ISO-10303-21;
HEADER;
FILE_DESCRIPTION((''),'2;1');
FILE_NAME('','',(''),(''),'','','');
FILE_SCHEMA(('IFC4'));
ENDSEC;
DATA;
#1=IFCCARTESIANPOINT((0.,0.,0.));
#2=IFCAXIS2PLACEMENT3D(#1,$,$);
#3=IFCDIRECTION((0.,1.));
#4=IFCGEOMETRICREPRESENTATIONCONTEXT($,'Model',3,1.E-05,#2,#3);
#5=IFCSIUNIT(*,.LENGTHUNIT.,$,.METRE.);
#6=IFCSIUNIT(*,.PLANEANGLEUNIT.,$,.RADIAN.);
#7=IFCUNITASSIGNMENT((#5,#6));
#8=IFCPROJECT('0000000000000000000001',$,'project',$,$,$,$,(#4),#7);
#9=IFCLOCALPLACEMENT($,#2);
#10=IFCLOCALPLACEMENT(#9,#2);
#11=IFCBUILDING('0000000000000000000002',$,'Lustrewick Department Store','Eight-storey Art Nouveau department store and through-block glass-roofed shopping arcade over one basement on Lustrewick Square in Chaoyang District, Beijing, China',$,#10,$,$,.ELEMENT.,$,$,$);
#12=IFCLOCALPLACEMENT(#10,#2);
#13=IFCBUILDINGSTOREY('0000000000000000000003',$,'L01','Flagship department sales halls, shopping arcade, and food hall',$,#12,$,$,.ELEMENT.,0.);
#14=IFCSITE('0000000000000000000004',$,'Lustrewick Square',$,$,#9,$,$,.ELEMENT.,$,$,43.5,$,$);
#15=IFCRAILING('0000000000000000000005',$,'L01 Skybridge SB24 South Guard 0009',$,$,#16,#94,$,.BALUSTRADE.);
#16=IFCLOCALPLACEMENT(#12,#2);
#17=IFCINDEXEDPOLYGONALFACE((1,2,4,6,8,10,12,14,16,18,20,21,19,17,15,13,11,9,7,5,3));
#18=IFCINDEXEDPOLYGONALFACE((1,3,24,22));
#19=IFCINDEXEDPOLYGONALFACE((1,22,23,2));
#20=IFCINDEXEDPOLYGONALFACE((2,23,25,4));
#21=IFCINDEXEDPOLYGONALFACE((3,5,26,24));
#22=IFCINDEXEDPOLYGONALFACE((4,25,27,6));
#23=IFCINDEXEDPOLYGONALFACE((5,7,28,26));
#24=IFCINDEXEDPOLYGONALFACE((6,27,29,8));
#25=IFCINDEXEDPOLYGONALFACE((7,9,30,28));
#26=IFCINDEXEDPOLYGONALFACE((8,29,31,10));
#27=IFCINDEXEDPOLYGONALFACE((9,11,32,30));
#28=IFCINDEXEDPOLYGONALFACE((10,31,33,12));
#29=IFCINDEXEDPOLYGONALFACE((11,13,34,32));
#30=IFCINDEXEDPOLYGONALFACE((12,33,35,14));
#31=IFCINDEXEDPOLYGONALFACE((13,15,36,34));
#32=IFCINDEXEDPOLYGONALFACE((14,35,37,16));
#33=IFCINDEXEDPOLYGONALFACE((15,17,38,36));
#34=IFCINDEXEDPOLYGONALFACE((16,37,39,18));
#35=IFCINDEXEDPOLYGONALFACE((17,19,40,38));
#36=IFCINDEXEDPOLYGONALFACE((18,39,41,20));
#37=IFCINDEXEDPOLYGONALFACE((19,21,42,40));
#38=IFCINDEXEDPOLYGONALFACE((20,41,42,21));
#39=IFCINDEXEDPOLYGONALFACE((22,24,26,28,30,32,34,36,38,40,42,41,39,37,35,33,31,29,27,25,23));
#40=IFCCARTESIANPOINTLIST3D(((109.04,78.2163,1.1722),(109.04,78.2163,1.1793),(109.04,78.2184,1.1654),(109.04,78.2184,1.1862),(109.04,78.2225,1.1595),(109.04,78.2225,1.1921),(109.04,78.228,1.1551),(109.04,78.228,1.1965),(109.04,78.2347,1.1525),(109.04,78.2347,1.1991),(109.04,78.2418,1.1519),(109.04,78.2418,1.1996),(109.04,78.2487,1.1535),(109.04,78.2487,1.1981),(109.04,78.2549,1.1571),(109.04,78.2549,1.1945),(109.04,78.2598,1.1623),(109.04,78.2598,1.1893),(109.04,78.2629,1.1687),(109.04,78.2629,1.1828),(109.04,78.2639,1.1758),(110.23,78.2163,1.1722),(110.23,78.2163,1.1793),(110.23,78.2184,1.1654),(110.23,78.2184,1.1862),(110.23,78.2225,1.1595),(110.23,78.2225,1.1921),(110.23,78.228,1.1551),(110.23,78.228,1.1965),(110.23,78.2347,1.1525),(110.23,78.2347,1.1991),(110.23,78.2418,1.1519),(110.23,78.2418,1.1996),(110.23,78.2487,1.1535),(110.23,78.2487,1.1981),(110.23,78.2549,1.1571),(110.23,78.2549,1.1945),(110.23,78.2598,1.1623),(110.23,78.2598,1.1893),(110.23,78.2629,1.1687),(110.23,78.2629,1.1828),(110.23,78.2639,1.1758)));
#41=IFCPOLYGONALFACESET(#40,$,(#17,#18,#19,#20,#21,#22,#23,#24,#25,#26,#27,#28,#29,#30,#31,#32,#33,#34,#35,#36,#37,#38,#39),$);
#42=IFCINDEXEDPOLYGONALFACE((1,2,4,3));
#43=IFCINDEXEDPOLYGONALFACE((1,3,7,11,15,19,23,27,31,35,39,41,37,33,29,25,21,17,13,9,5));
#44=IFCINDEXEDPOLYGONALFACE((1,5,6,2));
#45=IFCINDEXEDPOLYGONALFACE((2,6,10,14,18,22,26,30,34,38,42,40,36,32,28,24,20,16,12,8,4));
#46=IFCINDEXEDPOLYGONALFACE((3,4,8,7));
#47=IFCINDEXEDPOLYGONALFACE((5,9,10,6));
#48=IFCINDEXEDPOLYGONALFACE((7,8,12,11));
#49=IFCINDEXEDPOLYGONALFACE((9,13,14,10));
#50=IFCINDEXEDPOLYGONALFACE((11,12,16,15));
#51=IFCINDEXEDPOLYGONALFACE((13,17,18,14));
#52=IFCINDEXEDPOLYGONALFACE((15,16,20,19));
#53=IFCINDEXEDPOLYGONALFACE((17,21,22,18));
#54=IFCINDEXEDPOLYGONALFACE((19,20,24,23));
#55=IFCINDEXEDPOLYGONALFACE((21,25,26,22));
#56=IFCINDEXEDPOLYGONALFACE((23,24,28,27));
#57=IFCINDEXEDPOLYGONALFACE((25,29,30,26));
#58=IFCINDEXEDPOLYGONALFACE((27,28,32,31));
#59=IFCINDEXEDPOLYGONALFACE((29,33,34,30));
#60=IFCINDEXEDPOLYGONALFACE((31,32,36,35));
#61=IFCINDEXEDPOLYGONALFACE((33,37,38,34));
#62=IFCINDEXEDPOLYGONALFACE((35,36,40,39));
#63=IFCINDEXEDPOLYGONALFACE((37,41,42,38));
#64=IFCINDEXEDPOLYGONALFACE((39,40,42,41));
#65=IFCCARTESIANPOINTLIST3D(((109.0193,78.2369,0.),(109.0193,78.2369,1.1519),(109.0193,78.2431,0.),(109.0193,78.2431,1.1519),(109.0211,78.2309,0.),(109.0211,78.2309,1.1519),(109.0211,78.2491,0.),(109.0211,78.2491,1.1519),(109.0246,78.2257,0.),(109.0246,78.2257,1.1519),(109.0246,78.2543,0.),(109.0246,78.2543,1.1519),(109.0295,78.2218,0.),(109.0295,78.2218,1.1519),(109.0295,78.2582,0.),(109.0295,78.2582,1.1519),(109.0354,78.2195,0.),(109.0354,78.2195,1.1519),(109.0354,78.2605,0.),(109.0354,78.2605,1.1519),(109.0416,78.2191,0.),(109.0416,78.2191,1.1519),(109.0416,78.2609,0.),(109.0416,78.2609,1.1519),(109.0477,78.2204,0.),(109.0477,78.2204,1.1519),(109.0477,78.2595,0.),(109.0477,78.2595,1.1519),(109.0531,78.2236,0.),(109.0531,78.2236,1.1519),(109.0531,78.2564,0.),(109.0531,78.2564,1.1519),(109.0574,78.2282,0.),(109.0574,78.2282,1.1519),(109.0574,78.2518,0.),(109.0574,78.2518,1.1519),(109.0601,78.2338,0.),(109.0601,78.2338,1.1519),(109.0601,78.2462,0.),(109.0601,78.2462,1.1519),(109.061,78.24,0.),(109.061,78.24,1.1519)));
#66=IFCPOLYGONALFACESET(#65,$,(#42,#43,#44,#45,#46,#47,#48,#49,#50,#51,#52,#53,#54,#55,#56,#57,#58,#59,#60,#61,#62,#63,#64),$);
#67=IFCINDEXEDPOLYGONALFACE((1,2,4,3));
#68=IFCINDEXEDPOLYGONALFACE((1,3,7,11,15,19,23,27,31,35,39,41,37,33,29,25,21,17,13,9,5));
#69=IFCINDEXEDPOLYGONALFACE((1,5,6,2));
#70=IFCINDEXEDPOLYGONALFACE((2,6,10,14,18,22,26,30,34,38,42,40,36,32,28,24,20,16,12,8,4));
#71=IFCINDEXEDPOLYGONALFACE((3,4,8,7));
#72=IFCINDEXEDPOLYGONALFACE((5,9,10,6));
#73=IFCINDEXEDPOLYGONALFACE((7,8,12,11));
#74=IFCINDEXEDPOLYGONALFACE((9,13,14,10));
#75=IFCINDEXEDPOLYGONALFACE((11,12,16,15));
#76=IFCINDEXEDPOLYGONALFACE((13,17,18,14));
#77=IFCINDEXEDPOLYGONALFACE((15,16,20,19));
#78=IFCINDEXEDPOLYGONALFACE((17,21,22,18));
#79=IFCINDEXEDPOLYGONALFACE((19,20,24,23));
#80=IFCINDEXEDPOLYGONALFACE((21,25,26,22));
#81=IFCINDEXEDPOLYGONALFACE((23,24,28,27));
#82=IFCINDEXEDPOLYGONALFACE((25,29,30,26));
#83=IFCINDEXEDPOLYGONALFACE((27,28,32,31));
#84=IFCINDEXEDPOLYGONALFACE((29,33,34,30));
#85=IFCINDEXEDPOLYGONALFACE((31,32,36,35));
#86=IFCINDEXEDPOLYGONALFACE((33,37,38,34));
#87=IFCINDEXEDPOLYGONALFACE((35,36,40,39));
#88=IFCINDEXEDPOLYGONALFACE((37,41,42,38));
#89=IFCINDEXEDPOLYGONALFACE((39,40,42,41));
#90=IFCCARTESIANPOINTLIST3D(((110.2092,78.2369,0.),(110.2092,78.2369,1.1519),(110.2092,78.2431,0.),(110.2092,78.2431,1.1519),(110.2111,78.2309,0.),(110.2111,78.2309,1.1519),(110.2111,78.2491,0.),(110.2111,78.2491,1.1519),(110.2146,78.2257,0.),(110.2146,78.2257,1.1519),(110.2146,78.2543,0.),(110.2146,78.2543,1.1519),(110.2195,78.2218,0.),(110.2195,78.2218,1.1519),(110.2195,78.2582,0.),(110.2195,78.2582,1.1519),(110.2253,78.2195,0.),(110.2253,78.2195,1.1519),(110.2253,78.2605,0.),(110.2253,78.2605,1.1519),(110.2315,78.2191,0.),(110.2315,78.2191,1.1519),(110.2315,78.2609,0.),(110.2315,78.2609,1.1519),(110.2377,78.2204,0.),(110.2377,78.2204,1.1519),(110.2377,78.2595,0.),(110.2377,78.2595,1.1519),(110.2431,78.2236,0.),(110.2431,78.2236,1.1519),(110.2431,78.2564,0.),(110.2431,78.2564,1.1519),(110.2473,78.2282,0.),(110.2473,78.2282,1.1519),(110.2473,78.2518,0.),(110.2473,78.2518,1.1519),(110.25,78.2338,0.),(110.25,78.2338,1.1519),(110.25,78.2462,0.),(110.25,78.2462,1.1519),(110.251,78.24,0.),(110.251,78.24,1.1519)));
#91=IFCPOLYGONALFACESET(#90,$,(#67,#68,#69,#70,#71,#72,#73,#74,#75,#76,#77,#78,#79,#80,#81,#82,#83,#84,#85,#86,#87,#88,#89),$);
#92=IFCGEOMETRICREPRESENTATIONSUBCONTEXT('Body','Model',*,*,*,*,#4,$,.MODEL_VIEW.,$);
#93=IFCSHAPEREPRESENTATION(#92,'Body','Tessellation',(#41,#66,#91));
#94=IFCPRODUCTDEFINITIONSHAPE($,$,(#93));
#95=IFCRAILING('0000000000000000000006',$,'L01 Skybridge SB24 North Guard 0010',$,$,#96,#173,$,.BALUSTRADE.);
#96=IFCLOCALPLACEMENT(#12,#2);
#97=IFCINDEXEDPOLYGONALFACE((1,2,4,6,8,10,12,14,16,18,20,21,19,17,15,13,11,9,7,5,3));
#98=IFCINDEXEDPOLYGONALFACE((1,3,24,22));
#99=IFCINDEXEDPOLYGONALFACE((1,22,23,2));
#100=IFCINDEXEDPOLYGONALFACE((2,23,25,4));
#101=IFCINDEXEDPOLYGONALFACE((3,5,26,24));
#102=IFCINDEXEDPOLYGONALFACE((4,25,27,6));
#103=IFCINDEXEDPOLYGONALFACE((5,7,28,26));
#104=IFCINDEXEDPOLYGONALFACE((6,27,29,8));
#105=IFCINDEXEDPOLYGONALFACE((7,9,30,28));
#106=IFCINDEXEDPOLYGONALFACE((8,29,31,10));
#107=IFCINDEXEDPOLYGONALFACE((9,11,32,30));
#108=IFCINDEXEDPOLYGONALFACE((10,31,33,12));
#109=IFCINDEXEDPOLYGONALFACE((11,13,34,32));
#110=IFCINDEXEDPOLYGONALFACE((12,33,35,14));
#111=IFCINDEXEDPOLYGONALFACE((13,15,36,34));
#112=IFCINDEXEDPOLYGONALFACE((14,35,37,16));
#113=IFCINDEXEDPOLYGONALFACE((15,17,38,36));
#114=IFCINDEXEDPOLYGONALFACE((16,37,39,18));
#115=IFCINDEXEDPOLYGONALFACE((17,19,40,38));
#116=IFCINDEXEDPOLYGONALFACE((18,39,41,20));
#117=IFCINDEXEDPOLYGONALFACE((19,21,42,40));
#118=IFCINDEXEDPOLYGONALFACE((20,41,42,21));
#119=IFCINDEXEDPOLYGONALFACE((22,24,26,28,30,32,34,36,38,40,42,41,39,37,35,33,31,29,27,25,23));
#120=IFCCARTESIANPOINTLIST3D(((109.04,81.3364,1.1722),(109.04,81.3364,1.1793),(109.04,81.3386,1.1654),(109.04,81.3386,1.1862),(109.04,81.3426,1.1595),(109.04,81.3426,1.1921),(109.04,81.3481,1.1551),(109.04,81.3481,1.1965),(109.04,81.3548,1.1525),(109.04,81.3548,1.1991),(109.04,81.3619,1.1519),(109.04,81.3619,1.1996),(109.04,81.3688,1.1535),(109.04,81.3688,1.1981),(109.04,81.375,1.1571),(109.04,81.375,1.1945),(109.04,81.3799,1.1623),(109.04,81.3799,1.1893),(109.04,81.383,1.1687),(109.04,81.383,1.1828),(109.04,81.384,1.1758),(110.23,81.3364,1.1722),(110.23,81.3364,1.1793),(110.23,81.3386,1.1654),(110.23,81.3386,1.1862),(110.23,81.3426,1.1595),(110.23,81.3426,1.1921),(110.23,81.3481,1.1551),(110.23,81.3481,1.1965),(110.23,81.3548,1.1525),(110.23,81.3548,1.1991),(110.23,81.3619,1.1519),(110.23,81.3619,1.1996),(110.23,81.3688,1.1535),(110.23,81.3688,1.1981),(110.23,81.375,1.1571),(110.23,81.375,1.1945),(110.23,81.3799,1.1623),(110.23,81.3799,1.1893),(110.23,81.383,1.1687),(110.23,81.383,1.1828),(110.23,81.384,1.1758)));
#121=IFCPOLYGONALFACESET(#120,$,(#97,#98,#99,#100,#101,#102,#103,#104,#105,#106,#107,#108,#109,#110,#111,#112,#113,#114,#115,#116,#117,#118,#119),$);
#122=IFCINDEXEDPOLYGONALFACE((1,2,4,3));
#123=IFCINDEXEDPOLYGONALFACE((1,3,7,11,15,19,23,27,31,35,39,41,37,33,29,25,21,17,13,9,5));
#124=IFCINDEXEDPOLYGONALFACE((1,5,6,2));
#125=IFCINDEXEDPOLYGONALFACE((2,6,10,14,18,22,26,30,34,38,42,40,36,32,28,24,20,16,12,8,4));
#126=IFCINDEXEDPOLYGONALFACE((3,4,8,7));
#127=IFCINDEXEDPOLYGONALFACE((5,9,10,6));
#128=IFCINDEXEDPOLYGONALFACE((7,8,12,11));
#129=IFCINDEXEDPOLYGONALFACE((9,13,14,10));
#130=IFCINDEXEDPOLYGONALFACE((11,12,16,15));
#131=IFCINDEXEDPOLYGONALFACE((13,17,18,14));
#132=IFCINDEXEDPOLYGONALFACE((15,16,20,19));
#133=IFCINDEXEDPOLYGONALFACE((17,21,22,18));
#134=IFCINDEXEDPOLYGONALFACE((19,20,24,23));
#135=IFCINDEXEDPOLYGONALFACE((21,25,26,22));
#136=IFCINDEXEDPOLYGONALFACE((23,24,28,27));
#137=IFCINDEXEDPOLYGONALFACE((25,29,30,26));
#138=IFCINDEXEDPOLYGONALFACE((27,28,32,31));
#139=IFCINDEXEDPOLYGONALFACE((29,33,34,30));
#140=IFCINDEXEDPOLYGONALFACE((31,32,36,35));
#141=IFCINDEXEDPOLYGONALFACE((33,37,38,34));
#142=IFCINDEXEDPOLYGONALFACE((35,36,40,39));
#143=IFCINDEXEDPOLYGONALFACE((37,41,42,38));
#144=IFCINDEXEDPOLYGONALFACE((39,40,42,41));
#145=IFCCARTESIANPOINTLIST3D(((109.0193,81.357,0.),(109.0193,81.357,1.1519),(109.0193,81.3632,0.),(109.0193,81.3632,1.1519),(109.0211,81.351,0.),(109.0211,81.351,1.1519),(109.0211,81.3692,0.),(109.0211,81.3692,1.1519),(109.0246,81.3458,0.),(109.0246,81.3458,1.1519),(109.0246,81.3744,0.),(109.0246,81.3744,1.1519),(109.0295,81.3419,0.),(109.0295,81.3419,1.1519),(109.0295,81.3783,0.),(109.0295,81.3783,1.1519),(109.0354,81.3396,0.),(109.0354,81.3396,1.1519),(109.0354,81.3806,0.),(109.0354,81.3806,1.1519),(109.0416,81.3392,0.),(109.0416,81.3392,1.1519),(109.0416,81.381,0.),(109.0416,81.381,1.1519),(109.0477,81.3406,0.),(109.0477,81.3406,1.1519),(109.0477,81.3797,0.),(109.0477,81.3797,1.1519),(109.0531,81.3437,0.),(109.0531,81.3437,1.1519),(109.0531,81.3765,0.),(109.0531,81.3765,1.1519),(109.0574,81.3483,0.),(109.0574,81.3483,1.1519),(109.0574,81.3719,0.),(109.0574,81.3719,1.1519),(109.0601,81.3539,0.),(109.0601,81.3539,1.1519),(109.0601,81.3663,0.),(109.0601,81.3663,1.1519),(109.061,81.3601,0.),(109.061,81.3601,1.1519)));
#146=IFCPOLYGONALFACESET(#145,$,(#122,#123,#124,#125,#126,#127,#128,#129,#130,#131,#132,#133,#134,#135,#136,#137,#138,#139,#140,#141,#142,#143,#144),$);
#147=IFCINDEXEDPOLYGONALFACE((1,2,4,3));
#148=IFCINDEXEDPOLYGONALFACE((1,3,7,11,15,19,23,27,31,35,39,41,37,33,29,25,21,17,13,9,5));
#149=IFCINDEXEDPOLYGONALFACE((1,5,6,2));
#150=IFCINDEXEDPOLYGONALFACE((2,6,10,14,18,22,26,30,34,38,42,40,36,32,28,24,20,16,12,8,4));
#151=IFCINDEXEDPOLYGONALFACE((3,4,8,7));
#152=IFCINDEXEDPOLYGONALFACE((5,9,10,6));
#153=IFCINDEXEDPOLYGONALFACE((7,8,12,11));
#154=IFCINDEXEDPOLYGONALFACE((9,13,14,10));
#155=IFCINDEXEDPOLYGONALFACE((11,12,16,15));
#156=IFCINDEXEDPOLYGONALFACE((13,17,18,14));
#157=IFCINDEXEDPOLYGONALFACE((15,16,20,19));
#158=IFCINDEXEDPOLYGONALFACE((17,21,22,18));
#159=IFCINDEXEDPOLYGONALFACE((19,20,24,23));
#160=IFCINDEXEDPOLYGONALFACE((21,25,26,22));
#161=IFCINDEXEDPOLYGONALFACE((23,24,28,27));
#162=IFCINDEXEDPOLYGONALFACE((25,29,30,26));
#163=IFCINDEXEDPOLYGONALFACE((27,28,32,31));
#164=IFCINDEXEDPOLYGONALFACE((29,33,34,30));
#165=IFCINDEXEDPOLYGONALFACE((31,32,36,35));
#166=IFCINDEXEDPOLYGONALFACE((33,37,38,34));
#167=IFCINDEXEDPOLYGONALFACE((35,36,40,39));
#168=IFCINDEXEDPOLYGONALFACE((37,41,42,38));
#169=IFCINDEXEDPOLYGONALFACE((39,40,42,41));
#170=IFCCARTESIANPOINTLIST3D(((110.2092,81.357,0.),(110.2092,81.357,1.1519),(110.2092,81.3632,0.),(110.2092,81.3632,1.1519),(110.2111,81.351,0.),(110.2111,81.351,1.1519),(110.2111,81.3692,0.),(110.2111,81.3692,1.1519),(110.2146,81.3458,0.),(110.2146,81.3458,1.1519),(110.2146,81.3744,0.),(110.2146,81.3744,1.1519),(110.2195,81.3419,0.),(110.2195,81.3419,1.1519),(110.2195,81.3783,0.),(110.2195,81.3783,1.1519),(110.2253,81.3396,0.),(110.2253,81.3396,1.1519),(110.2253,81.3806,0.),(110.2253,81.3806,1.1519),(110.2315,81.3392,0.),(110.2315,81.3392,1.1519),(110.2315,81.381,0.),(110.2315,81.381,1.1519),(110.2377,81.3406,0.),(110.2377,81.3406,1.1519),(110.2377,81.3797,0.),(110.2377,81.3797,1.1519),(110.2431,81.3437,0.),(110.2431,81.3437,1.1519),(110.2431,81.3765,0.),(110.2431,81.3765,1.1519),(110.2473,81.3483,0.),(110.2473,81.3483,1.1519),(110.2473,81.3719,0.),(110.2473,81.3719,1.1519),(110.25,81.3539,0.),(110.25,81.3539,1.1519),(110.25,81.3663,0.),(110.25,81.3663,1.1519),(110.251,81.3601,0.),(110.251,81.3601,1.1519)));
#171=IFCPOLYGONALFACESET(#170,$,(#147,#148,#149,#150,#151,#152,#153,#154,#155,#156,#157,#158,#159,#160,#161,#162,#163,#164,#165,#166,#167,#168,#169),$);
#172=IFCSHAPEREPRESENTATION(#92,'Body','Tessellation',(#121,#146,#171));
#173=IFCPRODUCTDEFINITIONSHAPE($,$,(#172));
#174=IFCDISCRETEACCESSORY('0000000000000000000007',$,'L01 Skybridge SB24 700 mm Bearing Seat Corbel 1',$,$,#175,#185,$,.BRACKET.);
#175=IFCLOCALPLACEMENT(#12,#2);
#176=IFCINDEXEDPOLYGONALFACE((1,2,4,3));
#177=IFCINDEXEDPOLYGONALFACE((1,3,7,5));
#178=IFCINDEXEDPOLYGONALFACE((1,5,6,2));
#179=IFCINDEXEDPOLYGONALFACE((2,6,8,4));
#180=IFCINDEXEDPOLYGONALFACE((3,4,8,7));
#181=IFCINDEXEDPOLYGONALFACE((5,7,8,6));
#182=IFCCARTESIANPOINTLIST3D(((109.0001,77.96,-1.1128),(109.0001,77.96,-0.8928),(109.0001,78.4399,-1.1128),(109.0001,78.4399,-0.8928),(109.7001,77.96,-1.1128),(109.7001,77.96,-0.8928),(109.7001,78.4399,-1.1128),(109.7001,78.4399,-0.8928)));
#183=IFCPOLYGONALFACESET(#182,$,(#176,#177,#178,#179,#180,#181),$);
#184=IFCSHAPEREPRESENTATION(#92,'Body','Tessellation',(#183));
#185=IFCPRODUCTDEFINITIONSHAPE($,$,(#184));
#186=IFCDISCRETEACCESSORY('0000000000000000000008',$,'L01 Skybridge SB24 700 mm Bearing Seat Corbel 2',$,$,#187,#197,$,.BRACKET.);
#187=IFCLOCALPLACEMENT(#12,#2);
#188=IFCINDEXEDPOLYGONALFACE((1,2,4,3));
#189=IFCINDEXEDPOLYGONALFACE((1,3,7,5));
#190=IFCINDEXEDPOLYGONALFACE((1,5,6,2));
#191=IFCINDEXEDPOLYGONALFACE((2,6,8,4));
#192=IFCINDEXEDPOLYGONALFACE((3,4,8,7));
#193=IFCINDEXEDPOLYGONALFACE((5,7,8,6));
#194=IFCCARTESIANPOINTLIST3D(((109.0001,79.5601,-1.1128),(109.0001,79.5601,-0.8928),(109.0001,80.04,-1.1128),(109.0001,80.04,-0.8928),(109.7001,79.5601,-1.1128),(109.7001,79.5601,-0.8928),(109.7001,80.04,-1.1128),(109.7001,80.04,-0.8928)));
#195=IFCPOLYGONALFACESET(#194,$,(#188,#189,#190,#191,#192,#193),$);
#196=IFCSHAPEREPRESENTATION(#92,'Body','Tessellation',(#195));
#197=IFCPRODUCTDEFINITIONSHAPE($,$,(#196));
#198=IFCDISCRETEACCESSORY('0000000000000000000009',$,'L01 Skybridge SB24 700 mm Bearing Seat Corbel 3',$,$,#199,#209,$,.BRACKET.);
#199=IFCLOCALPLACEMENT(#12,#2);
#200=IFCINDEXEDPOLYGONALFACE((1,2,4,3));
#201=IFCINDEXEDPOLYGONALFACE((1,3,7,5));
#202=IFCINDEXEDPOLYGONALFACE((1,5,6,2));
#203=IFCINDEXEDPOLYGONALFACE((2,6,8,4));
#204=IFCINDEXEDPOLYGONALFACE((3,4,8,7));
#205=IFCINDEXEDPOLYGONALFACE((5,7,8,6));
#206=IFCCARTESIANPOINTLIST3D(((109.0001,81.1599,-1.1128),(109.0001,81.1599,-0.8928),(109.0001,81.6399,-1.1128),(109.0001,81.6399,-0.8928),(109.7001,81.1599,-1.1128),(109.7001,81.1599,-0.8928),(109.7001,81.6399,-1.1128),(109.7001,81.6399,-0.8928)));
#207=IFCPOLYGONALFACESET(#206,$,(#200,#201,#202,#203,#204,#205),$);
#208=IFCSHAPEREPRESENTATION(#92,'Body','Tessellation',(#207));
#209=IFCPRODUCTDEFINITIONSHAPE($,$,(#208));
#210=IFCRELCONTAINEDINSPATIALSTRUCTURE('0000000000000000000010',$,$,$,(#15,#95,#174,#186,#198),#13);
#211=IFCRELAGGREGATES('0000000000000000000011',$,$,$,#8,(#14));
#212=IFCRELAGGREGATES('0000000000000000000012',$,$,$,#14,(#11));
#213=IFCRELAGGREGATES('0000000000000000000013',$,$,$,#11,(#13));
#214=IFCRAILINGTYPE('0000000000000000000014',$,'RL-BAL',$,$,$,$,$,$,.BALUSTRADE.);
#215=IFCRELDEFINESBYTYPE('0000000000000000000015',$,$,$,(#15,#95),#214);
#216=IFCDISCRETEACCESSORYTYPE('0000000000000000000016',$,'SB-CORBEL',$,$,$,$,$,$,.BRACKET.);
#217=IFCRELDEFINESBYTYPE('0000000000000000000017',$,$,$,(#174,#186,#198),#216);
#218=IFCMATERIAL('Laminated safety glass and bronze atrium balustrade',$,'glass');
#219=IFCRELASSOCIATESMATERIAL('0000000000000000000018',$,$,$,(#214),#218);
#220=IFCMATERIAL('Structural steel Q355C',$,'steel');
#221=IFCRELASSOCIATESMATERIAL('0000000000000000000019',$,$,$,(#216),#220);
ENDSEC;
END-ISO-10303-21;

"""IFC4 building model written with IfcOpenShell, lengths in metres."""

from ifc_helpers import new_model, si_unit, direction, frame, origin, origin_2d, place, context, subcontext, project, spatial, rectangle, circle, extrude, material, type_object, element, save


model = new_model("IFC4")

# Units and contexts
model_context = context("Model", 3, precision=1e-05, world=origin(), true_north=direction((0.0, 1.0)))
body_context = subcontext(model_context, "Body", "Model", "MODEL_VIEW")
ifc_project = project(units=[si_unit("LENGTHUNIT", "METRE"), si_unit("PLANEANGLEUNIT", "RADIAN")], contexts=[model_context])

# Site, building, storey
site_placement = place(None, origin())
site = spatial("IfcSite", under=ifc_project, at=site_placement, Name="Lustrewick Square", CompositionType="ELEMENT", RefElevation=43.5)
building_placement = place(site_placement, origin())
building = spatial("IfcBuilding", under=site, at=building_placement, Name="Lustrewick Department Store", Description="Eight-storey Art Nouveau department store and through-block glass-roofed shopping arcade over one basement on Lustrewick Square in Chaoyang District, Beijing, China", CompositionType="ELEMENT")
storey_placement = place(building_placement, origin())
storey = spatial("IfcBuildingStorey", under=building, at=storey_placement, Name="L01", Description="Flagship department sales halls, shopping arcade, and food hall", CompositionType="ELEMENT", Elevation=0.0)

# Shared definitions
ifc_material_1 = material(Name="Structural steel Q355C", Category="steel")

# Railings
ifc_material_2 = material(Name="Laminated safety glass and bronze atrium balustrade", Category="glass")
railing_type = type_object("IfcRailingType", Name="RL-BAL", PredefinedType="BALUSTRADE", material=ifc_material_2)
for number, where, name in (
    (1, (109.04, 78.24, 0.0), "L01 Skybridge SB24 South Guard 0009"),
    (2, (109.04, 81.3601, 0.0), "L01 Skybridge SB24 North Guard 0010"),
):
    element("IfcRailing", number, at=place(storey_placement, frame(where)), inside=storey, type_object=railing_type, Name=name, PredefinedType="BALUSTRADE", context=body_context, shape_type="SweptSolid", body=[
        extrude(circle(Radius=0.0239, at=origin_2d()), frame((0.0, 0.0, 1.1758), z_axis=(1.0, 0.0, 0.0), x_axis=(0.0, 1.0, 0.0)), (0.0, 0.0, 1.0), 1.1899),
        extrude(circle(Radius=0.021, at=origin_2d()), origin(), (0.0, 0.0, 1.0), 1.1519),
        extrude(circle(Radius=0.021, at=origin_2d()), frame((1.1899, 0.0, 0.0)), (0.0, 0.0, 1.0), 1.1519),
    ])

# Discrete accessories
discrete_accessory_type_1 = type_object("IfcDiscreteAccessoryType", Name="SB-CORBEL", PredefinedType="BRACKET", material=ifc_material_1)
for number, where, z_axis, x_axis, name in (
    (3, (109.3501, 78.2, -1.1128), (0.0, 0.0, 1.0), (1.0, 0.0, 0.0), "L01 Skybridge SB24 700 mm Bearing Seat Corbel 1"),
    (4, (109.3501, 79.8, -1.1128), (0.0, 0.0, 1.0), (1.0, 0.0, 0.0), "L01 Skybridge SB24 700 mm Bearing Seat Corbel 2"),
    (5, (109.3501, 81.3999, -1.1128), (0.0, 0.0, 1.0), (1.0, 0.0, 0.0), "L01 Skybridge SB24 700 mm Bearing Seat Corbel 3"),
):
    element("IfcDiscreteAccessory", number, at=place(storey_placement, frame(where, z_axis=z_axis, x_axis=x_axis)), inside=storey, type_object=discrete_accessory_type_1, Name=name, PredefinedType="BRACKET", context=body_context, shape_type="SweptSolid", body=[
        extrude(rectangle(XDim=0.7, YDim=0.48, at=origin_2d()), origin(), (0.0, 0.0, 1.0), 0.22),
    ])

save(model, "model.ifc")
